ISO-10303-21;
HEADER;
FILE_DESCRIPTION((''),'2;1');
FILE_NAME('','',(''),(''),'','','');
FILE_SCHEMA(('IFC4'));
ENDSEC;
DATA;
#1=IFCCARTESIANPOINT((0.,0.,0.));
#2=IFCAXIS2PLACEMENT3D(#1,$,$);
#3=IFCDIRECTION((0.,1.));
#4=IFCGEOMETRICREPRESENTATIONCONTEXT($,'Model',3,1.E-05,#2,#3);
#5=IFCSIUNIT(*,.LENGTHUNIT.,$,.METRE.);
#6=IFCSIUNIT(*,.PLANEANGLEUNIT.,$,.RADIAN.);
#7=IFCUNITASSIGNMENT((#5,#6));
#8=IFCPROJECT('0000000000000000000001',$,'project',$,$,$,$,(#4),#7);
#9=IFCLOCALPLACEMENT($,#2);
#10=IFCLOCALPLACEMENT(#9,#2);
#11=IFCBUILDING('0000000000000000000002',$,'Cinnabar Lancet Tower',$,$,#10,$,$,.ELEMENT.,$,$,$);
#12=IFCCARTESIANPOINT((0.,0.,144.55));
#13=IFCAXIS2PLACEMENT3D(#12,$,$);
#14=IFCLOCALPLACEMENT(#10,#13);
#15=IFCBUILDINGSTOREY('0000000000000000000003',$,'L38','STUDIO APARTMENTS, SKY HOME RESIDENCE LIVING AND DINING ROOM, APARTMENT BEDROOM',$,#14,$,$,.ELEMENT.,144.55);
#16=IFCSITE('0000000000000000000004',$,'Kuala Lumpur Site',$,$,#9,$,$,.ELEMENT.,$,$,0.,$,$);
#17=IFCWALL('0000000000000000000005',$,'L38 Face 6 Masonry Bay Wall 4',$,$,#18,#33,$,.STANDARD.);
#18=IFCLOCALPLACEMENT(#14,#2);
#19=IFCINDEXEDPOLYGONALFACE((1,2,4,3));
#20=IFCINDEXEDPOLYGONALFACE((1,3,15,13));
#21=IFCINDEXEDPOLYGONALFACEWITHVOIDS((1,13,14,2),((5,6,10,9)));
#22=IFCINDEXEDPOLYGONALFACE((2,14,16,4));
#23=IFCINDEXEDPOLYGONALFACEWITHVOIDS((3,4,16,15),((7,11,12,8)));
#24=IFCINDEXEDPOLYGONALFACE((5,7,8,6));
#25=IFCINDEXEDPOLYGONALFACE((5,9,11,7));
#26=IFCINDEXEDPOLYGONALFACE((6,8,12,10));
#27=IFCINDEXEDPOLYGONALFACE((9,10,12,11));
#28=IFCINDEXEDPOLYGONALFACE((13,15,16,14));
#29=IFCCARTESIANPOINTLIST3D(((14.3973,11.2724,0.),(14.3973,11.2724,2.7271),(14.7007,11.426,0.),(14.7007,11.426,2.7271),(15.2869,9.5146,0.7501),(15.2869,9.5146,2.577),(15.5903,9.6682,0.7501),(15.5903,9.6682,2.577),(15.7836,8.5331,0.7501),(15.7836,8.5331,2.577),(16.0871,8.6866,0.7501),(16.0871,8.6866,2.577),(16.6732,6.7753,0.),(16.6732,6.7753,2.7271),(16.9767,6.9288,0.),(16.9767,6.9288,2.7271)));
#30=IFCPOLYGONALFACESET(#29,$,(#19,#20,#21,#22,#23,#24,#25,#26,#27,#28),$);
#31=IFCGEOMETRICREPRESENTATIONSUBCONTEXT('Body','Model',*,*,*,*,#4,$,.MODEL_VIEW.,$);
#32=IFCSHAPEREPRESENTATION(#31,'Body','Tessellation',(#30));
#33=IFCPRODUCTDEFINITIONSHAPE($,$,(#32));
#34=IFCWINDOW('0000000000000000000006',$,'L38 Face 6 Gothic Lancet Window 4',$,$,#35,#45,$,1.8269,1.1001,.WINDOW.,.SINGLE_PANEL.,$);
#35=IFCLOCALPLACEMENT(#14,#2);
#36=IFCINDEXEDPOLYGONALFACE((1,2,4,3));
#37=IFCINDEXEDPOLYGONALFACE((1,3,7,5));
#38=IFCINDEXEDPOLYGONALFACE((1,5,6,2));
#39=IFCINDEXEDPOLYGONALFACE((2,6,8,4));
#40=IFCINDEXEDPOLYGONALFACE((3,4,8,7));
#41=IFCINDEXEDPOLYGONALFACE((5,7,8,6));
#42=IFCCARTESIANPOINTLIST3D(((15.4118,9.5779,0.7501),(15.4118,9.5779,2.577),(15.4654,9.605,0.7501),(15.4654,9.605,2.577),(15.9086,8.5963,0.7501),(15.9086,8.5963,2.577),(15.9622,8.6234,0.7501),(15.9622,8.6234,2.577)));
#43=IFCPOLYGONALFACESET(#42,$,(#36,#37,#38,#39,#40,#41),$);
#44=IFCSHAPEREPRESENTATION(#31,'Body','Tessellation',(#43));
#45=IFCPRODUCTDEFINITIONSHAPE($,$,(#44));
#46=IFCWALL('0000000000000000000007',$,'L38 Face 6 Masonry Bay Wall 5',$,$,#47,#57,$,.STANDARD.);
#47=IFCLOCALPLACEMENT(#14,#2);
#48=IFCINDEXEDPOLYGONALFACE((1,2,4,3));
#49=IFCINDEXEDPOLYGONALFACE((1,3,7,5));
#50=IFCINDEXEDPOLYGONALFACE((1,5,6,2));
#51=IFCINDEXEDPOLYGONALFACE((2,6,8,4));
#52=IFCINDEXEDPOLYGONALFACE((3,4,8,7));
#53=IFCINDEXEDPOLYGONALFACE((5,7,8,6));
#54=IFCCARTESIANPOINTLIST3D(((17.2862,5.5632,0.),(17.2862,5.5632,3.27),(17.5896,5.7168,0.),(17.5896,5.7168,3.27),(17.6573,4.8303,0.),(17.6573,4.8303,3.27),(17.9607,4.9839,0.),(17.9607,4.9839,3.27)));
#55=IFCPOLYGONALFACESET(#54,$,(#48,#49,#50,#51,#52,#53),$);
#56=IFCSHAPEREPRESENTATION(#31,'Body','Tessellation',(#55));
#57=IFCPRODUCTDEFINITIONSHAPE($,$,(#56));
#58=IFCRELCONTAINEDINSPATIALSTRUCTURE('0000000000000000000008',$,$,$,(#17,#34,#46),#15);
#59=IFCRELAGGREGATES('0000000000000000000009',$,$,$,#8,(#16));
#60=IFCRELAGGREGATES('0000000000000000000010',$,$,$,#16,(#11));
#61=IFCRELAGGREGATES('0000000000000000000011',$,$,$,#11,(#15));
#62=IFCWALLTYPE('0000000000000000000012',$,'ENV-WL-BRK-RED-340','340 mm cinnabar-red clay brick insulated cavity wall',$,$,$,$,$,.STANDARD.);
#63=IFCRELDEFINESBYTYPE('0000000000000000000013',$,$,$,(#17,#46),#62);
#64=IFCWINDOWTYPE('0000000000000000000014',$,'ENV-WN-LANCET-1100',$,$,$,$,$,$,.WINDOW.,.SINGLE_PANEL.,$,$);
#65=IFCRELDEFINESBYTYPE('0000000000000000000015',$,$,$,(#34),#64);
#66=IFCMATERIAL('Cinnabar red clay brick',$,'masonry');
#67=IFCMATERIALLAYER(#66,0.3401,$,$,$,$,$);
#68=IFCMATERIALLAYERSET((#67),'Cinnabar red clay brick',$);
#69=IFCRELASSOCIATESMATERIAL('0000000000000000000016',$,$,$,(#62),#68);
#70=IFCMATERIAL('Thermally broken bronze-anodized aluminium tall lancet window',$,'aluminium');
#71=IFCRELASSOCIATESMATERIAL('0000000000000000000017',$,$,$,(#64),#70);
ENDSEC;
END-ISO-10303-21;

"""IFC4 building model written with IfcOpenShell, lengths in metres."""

from ifc_helpers import new_model, si_unit, direction, frame, frame_2d, origin, place, context, subcontext, project, spatial, rectangle, extrude, material, layer, layer_set, type_object, element, fill, save


model = new_model("IFC4")

# Units and contexts
model_context = context("Model", 3, precision=1e-05, world=origin(), true_north=direction((0.0, 1.0)))
body_context = subcontext(model_context, "Body", "Model", "MODEL_VIEW")
ifc_project = project(units=[si_unit("LENGTHUNIT", "METRE"), si_unit("PLANEANGLEUNIT", "RADIAN")], contexts=[model_context])

# Site, building, storey
site_placement = place(None, origin())
site = spatial("IfcSite", under=ifc_project, at=site_placement, Name="Kuala Lumpur Site", CompositionType="ELEMENT", RefElevation=0.0)
building_placement = place(site_placement, origin())
building = spatial("IfcBuilding", under=site, at=building_placement, Name="Cinnabar Lancet Tower", CompositionType="ELEMENT")
storey_placement = place(building_placement, frame((0.0, 0.0, 144.55)))
storey = spatial("IfcBuildingStorey", under=building, at=storey_placement, Name="L38", Description="STUDIO APARTMENTS, SKY HOME RESIDENCE LIVING AND DINING ROOM, APARTMENT BEDROOM", CompositionType="ELEMENT", Elevation=144.55)

# Wall, opening, window
ifc_material_1 = material(Name="Cinnabar red clay brick", Category="masonry")
ifc_layer_1 = layer(ifc_material_1, 0.3401)
ifc_layer_set_1 = layer_set([ifc_layer_1], Name="Cinnabar red clay brick")
wall_type_1 = type_object("IfcWallType", Name="ENV-WL-BRK-RED-340", Description="340 mm cinnabar-red clay brick insulated cavity wall", PredefinedType="STANDARD", material=ifc_layer_set_1)
wall_1_placement = place(storey_placement, frame((14.5491, 11.3491, 0.0), z_axis=(0.0, 0.0, 1.0), x_axis=(0.451548, -0.892247, 0.0)))
wall_1 = element("IfcWall", 1, at=wall_1_placement, inside=storey, type_object=wall_type_1, Name="L38 Face 6 Masonry Bay Wall 4", PredefinedType="STANDARD", context=body_context, shape_type="SweptSolid", body=[
    extrude(rectangle(XDim=5.0403, YDim=0.3401, at=frame_2d((2.52, 0.0))), origin(), (0.0, 0.0, 1.0), 2.7271),
])
opening_placement = place(wall_1_placement, frame((1.97, 0.0, 0.75)))
opening = element("IfcOpeningElement", 2, at=opening_placement, cuts=wall_1, PredefinedType="OPENING", context=body_context, shape_type="SweptSolid", body=[
    extrude(rectangle(XDim=1.1001, YDim=1.8269, at=frame_2d((0.55, 0.9136))), frame((0.0, 0.1799, 0.0), z_axis=(0.0, -1.0, 0.0), x_axis=(1.0, 0.0, 0.0)), (0.0, 0.0, 1.0), 0.3601),
])
ifc_material_2 = material(Name="Thermally broken bronze-anodized aluminium tall lancet window", Category="aluminium")
window_type = type_object("IfcWindowType", Name="ENV-WN-LANCET-1100", PartitioningType="SINGLE_PANEL", PredefinedType="WINDOW", material=ifc_material_2)
window_placement = place(opening_placement, origin())
window = element("IfcWindow", 3, at=window_placement, inside=storey, type_object=window_type, Name="L38 Face 6 Gothic Lancet Window 4", OverallHeight=1.8269, OverallWidth=1.1001, PartitioningType="SINGLE_PANEL", PredefinedType="WINDOW", context=body_context, shape_type="SweptSolid", body=[
    extrude(rectangle(XDim=1.1001, YDim=1.8269, at=frame_2d((0.55, 0.9136))), frame((0.0, 0.03, 0.0), z_axis=(0.0, -1.0, 0.0), x_axis=(1.0, 0.0, 0.0)), (0.0, 0.0, 1.0), 0.0601),
])
fill(opening, window)

# Wall
wall_2_placement = place(storey_placement, frame((17.438, 5.6399, 0.0), z_axis=(0.0, 0.0, 1.0), x_axis=(0.451725, -0.892157, 0.0)))
element("IfcWall", 4, at=wall_2_placement, inside=storey, type_object=wall_type_1, Name="L38 Face 6 Masonry Bay Wall 5", PredefinedType="STANDARD", context=body_context, shape_type="SweptSolid", body=[
    extrude(rectangle(XDim=0.8215, YDim=0.3401, at=frame_2d((0.4106, 0.0))), origin(), (0.0, 0.0, 1.0), 3.27),
])

save(model, "model.ifc")
